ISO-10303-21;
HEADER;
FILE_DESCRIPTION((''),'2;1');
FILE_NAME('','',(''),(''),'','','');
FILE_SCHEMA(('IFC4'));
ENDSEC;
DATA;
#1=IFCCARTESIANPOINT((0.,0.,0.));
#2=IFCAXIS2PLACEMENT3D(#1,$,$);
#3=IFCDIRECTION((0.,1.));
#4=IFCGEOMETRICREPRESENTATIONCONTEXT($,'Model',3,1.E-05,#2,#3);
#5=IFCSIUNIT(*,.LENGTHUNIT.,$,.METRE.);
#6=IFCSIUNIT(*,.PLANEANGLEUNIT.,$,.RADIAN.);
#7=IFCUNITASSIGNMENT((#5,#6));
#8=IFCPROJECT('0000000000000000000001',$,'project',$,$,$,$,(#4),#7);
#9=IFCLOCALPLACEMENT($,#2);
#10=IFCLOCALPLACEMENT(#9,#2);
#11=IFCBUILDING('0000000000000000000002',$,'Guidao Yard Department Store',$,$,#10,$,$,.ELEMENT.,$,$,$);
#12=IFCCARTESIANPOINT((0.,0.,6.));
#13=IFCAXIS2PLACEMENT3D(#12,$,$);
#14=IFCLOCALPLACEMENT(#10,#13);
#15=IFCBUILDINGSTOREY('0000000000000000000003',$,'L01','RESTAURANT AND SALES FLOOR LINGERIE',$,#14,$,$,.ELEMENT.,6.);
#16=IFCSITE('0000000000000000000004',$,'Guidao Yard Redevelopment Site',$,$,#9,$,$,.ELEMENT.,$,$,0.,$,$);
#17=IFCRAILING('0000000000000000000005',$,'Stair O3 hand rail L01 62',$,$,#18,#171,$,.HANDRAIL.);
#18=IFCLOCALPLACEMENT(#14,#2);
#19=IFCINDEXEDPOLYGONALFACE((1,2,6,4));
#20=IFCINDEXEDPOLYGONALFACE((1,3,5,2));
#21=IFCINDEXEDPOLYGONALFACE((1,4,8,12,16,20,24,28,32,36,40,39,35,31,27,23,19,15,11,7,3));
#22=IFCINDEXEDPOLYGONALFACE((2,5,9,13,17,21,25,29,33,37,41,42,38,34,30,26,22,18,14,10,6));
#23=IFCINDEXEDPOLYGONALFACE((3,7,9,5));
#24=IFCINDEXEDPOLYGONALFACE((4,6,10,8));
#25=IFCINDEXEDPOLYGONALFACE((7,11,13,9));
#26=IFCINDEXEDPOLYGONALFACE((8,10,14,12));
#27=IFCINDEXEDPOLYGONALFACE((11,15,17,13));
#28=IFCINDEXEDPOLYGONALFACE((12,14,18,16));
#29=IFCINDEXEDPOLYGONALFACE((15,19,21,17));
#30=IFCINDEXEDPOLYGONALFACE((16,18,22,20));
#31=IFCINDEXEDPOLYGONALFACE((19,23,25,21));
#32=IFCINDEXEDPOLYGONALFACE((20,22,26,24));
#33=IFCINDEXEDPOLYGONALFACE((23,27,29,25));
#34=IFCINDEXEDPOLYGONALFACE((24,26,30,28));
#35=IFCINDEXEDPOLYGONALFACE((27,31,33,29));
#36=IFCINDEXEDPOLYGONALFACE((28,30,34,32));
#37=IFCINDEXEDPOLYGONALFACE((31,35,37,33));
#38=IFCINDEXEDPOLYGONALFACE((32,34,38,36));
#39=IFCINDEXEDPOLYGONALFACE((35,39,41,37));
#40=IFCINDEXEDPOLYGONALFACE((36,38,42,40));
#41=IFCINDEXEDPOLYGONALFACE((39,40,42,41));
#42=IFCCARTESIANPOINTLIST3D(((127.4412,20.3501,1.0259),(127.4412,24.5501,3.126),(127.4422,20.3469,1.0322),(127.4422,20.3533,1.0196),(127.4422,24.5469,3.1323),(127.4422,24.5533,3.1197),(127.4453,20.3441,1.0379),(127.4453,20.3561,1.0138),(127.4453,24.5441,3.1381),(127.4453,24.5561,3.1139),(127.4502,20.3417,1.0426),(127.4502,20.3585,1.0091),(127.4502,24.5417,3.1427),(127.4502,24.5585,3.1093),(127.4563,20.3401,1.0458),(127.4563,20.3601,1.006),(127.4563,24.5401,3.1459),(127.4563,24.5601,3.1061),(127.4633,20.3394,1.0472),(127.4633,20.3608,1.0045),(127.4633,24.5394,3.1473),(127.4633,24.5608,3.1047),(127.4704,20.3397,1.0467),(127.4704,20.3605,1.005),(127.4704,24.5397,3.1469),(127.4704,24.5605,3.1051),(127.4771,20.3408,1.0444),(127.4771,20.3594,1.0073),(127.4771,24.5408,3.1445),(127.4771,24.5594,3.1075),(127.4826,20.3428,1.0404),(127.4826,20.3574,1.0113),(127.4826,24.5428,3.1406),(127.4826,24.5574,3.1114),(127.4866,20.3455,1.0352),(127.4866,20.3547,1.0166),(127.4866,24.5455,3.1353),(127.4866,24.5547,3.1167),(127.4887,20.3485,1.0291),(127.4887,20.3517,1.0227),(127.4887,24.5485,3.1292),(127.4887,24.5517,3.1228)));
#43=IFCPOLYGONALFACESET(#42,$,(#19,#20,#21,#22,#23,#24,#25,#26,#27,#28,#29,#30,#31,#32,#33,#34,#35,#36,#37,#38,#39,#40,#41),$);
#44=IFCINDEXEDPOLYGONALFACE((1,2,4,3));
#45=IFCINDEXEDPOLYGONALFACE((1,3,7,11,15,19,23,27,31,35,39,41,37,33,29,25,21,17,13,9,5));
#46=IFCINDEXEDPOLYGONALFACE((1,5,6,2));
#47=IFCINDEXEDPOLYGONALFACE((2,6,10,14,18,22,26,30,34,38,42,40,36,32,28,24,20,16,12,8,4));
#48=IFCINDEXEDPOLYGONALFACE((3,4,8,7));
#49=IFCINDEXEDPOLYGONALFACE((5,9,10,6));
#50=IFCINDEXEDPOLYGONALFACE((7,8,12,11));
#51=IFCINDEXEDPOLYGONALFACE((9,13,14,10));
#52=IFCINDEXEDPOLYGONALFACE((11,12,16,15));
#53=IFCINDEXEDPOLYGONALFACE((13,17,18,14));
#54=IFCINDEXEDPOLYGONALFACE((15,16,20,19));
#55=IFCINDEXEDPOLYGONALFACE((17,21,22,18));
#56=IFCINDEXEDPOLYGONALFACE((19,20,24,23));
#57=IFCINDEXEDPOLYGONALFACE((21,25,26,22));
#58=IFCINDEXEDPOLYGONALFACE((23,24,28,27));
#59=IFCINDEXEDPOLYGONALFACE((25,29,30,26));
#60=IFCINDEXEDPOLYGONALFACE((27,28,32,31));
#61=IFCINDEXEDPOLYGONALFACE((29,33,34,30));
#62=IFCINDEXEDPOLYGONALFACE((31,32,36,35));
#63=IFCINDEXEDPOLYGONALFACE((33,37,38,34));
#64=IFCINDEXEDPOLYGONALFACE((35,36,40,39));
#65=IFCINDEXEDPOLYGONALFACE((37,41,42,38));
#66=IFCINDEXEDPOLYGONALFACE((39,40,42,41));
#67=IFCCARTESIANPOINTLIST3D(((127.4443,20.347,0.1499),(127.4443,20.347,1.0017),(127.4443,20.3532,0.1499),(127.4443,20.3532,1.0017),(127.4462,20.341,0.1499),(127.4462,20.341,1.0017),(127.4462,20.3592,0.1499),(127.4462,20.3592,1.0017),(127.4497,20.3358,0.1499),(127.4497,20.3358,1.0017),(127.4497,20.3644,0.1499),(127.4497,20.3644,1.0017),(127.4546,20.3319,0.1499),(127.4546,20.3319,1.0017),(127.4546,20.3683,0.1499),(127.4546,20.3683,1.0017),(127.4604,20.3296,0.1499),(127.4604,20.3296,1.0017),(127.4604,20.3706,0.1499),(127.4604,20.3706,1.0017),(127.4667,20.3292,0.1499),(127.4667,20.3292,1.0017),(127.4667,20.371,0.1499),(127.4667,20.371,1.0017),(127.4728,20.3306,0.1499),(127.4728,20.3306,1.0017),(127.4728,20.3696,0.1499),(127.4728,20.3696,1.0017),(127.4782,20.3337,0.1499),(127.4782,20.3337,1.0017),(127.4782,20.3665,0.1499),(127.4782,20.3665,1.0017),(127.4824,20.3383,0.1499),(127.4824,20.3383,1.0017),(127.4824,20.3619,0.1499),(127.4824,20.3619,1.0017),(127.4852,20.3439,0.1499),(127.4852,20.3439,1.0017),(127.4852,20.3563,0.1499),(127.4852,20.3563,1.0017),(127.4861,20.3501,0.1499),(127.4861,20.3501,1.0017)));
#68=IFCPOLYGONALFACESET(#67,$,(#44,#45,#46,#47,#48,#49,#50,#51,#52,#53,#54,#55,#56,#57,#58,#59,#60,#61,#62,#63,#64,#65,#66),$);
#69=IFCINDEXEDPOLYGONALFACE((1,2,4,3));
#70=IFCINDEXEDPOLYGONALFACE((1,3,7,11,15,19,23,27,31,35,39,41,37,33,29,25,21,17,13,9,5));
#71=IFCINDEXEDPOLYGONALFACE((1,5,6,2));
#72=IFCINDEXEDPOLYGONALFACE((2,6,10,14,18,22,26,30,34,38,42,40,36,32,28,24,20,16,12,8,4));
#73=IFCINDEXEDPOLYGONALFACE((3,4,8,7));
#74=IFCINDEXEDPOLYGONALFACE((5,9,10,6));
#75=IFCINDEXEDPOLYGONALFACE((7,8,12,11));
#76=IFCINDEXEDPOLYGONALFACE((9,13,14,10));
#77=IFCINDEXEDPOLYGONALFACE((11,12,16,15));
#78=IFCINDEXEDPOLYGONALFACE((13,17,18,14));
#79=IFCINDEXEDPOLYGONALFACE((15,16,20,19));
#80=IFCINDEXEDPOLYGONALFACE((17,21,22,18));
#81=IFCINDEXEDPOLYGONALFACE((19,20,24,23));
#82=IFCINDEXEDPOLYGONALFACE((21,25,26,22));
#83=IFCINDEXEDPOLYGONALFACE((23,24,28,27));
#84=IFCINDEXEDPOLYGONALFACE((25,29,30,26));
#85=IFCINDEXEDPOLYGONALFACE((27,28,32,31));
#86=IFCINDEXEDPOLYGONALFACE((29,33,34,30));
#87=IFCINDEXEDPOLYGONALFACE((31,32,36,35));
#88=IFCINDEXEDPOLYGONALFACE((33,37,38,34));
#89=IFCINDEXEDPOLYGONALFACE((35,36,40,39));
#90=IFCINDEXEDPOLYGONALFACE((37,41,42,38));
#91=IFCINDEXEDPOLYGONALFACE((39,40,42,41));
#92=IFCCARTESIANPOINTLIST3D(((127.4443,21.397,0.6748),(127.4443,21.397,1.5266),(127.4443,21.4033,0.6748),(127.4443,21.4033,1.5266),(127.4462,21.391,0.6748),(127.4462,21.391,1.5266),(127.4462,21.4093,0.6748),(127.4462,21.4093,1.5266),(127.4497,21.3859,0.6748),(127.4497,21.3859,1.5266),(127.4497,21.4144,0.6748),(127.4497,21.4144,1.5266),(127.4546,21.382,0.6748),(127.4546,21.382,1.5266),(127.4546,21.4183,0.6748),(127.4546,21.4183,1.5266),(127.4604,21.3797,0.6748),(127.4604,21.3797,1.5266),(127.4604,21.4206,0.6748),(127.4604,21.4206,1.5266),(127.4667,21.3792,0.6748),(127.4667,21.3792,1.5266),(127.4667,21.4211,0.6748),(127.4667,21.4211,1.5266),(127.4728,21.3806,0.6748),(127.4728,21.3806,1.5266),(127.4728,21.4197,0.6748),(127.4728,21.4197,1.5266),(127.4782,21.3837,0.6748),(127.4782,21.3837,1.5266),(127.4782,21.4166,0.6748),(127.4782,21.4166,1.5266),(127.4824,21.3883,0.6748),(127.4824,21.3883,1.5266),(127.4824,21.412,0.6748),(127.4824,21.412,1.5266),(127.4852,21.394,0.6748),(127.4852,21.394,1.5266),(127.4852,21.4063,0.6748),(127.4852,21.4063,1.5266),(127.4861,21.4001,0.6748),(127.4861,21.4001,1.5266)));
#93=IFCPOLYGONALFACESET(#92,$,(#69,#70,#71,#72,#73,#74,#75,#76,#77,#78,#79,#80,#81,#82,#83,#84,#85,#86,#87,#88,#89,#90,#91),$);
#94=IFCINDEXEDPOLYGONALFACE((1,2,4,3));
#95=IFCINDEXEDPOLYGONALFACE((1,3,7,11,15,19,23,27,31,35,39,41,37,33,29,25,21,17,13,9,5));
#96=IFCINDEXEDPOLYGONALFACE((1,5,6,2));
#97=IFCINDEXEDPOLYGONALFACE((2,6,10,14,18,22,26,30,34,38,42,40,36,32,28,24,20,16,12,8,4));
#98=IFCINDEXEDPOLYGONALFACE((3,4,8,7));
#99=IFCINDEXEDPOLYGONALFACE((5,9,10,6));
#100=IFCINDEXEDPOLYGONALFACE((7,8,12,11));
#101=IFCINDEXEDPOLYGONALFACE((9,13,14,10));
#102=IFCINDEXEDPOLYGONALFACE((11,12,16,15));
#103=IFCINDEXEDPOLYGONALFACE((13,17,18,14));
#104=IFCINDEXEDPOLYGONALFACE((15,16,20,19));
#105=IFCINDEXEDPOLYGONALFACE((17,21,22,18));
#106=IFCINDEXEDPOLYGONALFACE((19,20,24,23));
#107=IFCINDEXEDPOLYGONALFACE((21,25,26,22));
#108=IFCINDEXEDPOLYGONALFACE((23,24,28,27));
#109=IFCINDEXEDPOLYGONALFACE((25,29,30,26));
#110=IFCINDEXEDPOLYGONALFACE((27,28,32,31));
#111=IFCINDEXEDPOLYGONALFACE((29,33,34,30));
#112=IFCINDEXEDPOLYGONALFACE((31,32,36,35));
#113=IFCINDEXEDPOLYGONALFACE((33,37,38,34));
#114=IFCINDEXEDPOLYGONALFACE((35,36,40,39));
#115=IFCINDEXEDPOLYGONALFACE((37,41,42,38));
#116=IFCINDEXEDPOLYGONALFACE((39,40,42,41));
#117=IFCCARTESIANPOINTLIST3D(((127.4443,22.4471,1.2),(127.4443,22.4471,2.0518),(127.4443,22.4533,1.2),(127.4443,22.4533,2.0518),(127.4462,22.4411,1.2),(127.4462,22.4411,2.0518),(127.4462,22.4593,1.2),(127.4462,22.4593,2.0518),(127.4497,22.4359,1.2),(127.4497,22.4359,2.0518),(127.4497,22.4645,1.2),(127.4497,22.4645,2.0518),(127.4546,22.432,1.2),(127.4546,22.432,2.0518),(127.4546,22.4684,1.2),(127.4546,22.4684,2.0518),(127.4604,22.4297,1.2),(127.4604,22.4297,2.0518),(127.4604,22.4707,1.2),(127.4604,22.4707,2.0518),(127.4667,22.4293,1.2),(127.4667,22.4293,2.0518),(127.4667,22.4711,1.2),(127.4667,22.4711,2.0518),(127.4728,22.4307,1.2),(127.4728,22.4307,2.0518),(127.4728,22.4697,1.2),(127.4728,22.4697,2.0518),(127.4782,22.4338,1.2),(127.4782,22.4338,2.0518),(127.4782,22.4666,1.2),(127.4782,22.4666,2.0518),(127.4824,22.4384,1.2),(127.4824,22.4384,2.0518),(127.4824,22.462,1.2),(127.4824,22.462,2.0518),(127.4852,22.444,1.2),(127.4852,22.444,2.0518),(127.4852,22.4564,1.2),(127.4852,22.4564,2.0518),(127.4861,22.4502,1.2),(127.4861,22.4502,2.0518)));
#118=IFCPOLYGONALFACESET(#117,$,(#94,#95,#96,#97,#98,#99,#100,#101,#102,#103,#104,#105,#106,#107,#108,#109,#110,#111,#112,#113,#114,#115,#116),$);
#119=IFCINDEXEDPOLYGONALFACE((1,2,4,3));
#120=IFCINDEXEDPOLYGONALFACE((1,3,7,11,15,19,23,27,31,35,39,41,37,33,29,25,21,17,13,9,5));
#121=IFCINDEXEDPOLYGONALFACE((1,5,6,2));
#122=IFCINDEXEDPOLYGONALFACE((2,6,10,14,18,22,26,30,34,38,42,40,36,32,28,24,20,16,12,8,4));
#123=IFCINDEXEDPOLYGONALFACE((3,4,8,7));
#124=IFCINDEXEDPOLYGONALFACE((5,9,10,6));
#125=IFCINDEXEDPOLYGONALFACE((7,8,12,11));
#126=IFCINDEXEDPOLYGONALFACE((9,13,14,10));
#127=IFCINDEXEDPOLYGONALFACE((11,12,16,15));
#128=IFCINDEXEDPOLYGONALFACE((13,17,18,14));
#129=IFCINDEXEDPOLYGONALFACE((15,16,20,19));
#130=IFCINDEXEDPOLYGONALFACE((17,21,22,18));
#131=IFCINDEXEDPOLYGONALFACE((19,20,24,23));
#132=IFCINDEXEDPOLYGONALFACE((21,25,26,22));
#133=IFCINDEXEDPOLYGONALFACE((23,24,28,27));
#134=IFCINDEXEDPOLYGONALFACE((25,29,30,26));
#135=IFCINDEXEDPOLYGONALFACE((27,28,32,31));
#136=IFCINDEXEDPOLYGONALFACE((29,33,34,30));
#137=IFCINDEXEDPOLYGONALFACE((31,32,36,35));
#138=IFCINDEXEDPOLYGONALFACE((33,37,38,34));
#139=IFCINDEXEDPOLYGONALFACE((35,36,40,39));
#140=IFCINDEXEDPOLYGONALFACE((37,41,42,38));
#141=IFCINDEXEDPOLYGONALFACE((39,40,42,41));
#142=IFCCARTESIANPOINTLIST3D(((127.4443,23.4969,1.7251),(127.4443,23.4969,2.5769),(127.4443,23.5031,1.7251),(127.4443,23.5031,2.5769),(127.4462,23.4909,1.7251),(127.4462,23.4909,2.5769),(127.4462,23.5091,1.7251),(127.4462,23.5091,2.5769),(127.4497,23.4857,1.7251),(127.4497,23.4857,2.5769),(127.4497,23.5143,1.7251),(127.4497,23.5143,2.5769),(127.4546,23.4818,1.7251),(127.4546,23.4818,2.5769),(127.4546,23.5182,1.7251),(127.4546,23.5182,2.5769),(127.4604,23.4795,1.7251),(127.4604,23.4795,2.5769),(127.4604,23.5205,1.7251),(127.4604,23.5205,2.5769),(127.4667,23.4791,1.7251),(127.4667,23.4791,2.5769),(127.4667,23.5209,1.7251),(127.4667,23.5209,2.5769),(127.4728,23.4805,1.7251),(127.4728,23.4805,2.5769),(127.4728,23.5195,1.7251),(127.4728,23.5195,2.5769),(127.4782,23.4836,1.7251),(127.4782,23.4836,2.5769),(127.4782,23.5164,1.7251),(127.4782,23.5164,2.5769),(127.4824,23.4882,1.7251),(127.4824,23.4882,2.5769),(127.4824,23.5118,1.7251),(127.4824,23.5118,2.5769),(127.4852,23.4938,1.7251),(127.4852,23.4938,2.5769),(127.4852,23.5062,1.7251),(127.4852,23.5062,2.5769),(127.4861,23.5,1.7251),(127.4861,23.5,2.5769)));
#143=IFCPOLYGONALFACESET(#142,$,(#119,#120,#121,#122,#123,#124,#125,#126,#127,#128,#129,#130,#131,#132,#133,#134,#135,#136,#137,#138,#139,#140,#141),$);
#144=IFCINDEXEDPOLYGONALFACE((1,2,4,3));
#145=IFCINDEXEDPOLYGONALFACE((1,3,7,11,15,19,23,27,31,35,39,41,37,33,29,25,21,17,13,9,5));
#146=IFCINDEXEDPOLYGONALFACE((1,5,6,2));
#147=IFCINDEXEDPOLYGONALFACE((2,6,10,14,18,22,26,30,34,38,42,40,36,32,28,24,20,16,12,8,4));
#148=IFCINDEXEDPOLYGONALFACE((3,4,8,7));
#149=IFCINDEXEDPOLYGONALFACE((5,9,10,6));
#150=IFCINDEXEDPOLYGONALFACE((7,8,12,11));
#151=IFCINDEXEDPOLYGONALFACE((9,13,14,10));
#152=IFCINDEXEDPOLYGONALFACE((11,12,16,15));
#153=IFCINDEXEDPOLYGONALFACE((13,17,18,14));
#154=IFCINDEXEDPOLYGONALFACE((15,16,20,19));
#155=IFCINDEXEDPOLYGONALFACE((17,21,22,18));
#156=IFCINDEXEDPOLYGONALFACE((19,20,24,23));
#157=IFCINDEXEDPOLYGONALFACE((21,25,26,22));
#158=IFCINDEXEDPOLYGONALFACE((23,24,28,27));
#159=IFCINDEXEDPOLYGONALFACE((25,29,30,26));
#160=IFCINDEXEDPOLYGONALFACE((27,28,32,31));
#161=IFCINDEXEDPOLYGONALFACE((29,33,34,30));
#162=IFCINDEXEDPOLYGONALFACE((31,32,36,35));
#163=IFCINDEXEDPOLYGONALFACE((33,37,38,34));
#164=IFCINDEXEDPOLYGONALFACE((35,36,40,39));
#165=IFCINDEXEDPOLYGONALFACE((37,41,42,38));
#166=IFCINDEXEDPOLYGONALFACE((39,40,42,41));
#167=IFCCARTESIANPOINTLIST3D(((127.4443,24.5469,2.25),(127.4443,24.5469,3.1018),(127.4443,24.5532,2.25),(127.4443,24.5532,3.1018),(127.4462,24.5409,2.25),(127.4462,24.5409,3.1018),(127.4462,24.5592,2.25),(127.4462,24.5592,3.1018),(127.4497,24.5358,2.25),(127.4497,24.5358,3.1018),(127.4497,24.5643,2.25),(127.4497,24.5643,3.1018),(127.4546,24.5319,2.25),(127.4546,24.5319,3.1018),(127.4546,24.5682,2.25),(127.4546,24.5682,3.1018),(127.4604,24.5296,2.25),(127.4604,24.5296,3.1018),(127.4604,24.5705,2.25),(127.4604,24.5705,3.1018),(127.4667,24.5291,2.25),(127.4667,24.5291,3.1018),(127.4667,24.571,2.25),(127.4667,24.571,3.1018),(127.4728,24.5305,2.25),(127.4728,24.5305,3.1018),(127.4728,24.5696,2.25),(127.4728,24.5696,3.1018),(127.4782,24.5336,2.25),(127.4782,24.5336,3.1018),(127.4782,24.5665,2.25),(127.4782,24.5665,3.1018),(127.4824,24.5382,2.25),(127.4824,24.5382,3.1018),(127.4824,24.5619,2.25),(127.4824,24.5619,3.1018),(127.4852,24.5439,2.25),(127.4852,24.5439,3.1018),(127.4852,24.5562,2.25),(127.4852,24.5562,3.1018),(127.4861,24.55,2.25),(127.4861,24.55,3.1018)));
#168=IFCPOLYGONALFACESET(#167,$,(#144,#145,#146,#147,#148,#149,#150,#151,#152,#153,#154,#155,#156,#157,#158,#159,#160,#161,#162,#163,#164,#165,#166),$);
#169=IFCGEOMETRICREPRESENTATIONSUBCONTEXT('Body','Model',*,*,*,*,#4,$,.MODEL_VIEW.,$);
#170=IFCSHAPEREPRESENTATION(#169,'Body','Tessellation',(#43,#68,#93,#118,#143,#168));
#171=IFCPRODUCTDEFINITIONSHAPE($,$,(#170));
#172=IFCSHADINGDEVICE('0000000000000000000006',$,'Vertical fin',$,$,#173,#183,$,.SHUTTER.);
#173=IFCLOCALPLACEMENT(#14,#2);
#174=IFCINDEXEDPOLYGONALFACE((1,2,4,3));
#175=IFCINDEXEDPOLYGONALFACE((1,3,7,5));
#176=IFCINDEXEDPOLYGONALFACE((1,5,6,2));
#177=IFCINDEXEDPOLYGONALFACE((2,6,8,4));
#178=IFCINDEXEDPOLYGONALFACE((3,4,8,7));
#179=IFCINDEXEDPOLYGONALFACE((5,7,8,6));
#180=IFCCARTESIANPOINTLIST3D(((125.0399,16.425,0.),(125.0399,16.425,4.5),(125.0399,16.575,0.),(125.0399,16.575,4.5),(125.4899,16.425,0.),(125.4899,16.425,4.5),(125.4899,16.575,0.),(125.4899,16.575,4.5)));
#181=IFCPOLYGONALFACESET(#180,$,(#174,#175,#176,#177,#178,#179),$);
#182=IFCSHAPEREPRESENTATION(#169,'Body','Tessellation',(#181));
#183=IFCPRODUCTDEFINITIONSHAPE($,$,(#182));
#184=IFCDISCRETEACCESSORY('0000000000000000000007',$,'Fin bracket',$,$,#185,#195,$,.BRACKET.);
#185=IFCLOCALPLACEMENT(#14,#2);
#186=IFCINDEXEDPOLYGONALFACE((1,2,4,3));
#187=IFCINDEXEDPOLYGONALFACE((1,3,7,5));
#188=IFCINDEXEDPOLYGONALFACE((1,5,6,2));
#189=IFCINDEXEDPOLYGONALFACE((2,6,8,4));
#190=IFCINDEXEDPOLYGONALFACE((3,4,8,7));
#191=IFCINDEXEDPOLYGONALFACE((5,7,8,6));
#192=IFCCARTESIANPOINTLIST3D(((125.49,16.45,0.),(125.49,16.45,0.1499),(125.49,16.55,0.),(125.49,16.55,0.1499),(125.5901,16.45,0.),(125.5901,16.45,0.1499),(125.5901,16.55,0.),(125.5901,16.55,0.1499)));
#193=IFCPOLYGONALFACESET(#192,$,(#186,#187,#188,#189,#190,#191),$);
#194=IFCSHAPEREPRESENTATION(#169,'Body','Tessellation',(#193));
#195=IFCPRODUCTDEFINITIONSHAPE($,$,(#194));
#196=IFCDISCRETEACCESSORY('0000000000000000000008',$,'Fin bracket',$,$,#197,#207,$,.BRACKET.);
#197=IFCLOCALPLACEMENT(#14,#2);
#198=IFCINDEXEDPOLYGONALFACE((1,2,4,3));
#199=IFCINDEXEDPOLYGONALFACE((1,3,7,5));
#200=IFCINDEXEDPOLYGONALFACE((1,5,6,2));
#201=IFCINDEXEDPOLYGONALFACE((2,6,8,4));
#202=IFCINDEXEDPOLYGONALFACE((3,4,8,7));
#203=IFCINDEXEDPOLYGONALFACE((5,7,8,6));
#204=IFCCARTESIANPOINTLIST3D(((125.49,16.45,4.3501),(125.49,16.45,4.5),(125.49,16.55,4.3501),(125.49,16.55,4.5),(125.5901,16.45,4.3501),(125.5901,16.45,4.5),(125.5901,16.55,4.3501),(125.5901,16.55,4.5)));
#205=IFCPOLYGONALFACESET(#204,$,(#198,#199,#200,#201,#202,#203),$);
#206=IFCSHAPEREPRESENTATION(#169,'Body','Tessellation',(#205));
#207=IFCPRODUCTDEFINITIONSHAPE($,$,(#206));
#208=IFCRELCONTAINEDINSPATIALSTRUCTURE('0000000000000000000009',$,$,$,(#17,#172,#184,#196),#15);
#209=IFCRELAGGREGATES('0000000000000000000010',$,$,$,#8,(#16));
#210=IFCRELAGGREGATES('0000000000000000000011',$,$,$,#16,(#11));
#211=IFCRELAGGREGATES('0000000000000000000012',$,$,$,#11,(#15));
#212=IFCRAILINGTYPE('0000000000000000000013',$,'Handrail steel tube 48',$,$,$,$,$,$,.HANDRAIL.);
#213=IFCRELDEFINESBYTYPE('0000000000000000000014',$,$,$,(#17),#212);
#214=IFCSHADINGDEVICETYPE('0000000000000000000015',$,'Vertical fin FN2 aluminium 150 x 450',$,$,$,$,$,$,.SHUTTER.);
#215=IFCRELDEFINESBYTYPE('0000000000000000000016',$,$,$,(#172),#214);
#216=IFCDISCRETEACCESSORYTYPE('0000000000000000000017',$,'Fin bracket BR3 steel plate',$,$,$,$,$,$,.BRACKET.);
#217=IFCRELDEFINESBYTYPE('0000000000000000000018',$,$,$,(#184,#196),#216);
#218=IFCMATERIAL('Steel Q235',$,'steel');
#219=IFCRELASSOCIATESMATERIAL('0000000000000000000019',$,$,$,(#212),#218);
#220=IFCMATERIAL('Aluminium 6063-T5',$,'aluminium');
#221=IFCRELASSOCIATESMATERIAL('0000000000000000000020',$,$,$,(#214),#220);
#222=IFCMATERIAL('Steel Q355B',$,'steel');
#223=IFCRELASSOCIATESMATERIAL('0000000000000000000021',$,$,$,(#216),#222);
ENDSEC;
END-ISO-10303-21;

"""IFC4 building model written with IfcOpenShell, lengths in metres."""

from ifc_helpers import new_model, si_unit, direction, frame, origin, origin_2d, place, context, subcontext, project, spatial, rectangle, circle, extrude, material, type_object, element, save


model = new_model("IFC4")

# Units and contexts
model_context = context("Model", 3, precision=1e-05, world=origin(), true_north=direction((0.0, 1.0)))
body_context = subcontext(model_context, "Body", "Model", "MODEL_VIEW")
ifc_project = project(units=[si_unit("LENGTHUNIT", "METRE"), si_unit("PLANEANGLEUNIT", "RADIAN")], contexts=[model_context])

# Site, building, storey
site_placement = place(None, origin())
site = spatial("IfcSite", under=ifc_project, at=site_placement, Name="Guidao Yard Redevelopment Site", CompositionType="ELEMENT", RefElevation=0.0)
building_placement = place(site_placement, origin())
building = spatial("IfcBuilding", under=site, at=building_placement, Name="Guidao Yard Department Store", CompositionType="ELEMENT")
storey_placement = place(building_placement, frame((0.0, 0.0, 6.0)))
storey = spatial("IfcBuildingStorey", under=building, at=storey_placement, Name="L01", Description="RESTAURANT AND SALES FLOOR LINGERIE", CompositionType="ELEMENT", Elevation=6.0)

# Railing
ifc_material_1 = material(Name="Steel Q235", Category="steel")
railing_type_1 = type_object("IfcRailingType", Name="Handrail steel tube 48", PredefinedType="HANDRAIL", material=ifc_material_1)
for number, where, name in (
    (1, (127.4651, 20.3501, 0.1499), "Stair O3 hand rail L01 62"),
):
    element("IfcRailing", number, at=place(storey_placement, frame(where)), inside=storey, type_object=railing_type_1, Name=name, PredefinedType="HANDRAIL", context=body_context, shape_type="SweptSolid", body=[
        extrude(circle(Radius=0.0239, at=origin_2d()), frame((0.0, 0.0, 0.876), z_axis=(0.0, 0.894417, 0.447234), x_axis=(-1.0, 0.0, 0.0)), (0.0, 0.0, 1.0), 4.6958),
        extrude(circle(Radius=0.021, at=origin_2d()), origin(), (0.0, 0.0, 1.0), 0.8518),
        extrude(circle(Radius=0.021, at=origin_2d()), frame((0.0, 1.05, 0.5249)), (0.0, 0.0, 1.0), 0.8518),
        extrude(circle(Radius=0.021, at=origin_2d()), frame((0.0, 2.1001, 1.05)), (0.0, 0.0, 1.0), 0.8518),
        extrude(circle(Radius=0.021, at=origin_2d()), frame((0.0, 3.1499, 1.5752)), (0.0, 0.0, 1.0), 0.8518),
        extrude(circle(Radius=0.021, at=origin_2d()), frame((0.0, 4.2, 2.1001)), (0.0, 0.0, 1.0), 0.8518),
    ])

# Shading device
ifc_material_2 = material(Name="Aluminium 6063-T5", Category="aluminium")
shading_device_type = type_object("IfcShadingDeviceType", Name="Vertical fin FN2 aluminium 150 x 450", PredefinedType="SHUTTER", material=ifc_material_2)
shading_device_placement = place(storey_placement, frame((125.2649, 16.5, 0.0), z_axis=(0.0, 0.0, 1.0), x_axis=(0.0, 1.0, 0.0)))
element("IfcShadingDevice", 2, at=shading_device_placement, inside=storey, type_object=shading_device_type, Name="Vertical fin", PredefinedType="SHUTTER", context=body_context, shape_type="SweptSolid", body=[
    extrude(rectangle(XDim=0.1499, YDim=0.45, at=origin_2d()), origin(), (0.0, 0.0, 1.0), 4.5),
])

# Discrete accessories
ifc_material_3 = material(Name="Steel Q355B", Category="steel")
discrete_accessory_type = type_object("IfcDiscreteAccessoryType", Name="Fin bracket BR3 steel plate", PredefinedType="BRACKET", material=ifc_material_3)
for number, where, z_axis, x_axis, name in (
    (3, (125.54, 16.5, 0.0), (0.0, 0.0, 1.0), (0.0, 1.0, 0.0), "Fin bracket"),
    (4, (125.54, 16.5, 4.3501), (0.0, 0.0, 1.0), (0.0, 1.0, 0.0), "Fin bracket"),
):
    element("IfcDiscreteAccessory", number, at=place(storey_placement, frame(where, z_axis=z_axis, x_axis=x_axis)), inside=storey, type_object=discrete_accessory_type, Name=name, PredefinedType="BRACKET", context=body_context, shape_type="SweptSolid", body=[
        extrude(rectangle(XDim=0.1001, YDim=0.1001, at=origin_2d()), origin(), (0.0, 0.0, 1.0), 0.1499),
    ])

save(model, "model.ifc")
